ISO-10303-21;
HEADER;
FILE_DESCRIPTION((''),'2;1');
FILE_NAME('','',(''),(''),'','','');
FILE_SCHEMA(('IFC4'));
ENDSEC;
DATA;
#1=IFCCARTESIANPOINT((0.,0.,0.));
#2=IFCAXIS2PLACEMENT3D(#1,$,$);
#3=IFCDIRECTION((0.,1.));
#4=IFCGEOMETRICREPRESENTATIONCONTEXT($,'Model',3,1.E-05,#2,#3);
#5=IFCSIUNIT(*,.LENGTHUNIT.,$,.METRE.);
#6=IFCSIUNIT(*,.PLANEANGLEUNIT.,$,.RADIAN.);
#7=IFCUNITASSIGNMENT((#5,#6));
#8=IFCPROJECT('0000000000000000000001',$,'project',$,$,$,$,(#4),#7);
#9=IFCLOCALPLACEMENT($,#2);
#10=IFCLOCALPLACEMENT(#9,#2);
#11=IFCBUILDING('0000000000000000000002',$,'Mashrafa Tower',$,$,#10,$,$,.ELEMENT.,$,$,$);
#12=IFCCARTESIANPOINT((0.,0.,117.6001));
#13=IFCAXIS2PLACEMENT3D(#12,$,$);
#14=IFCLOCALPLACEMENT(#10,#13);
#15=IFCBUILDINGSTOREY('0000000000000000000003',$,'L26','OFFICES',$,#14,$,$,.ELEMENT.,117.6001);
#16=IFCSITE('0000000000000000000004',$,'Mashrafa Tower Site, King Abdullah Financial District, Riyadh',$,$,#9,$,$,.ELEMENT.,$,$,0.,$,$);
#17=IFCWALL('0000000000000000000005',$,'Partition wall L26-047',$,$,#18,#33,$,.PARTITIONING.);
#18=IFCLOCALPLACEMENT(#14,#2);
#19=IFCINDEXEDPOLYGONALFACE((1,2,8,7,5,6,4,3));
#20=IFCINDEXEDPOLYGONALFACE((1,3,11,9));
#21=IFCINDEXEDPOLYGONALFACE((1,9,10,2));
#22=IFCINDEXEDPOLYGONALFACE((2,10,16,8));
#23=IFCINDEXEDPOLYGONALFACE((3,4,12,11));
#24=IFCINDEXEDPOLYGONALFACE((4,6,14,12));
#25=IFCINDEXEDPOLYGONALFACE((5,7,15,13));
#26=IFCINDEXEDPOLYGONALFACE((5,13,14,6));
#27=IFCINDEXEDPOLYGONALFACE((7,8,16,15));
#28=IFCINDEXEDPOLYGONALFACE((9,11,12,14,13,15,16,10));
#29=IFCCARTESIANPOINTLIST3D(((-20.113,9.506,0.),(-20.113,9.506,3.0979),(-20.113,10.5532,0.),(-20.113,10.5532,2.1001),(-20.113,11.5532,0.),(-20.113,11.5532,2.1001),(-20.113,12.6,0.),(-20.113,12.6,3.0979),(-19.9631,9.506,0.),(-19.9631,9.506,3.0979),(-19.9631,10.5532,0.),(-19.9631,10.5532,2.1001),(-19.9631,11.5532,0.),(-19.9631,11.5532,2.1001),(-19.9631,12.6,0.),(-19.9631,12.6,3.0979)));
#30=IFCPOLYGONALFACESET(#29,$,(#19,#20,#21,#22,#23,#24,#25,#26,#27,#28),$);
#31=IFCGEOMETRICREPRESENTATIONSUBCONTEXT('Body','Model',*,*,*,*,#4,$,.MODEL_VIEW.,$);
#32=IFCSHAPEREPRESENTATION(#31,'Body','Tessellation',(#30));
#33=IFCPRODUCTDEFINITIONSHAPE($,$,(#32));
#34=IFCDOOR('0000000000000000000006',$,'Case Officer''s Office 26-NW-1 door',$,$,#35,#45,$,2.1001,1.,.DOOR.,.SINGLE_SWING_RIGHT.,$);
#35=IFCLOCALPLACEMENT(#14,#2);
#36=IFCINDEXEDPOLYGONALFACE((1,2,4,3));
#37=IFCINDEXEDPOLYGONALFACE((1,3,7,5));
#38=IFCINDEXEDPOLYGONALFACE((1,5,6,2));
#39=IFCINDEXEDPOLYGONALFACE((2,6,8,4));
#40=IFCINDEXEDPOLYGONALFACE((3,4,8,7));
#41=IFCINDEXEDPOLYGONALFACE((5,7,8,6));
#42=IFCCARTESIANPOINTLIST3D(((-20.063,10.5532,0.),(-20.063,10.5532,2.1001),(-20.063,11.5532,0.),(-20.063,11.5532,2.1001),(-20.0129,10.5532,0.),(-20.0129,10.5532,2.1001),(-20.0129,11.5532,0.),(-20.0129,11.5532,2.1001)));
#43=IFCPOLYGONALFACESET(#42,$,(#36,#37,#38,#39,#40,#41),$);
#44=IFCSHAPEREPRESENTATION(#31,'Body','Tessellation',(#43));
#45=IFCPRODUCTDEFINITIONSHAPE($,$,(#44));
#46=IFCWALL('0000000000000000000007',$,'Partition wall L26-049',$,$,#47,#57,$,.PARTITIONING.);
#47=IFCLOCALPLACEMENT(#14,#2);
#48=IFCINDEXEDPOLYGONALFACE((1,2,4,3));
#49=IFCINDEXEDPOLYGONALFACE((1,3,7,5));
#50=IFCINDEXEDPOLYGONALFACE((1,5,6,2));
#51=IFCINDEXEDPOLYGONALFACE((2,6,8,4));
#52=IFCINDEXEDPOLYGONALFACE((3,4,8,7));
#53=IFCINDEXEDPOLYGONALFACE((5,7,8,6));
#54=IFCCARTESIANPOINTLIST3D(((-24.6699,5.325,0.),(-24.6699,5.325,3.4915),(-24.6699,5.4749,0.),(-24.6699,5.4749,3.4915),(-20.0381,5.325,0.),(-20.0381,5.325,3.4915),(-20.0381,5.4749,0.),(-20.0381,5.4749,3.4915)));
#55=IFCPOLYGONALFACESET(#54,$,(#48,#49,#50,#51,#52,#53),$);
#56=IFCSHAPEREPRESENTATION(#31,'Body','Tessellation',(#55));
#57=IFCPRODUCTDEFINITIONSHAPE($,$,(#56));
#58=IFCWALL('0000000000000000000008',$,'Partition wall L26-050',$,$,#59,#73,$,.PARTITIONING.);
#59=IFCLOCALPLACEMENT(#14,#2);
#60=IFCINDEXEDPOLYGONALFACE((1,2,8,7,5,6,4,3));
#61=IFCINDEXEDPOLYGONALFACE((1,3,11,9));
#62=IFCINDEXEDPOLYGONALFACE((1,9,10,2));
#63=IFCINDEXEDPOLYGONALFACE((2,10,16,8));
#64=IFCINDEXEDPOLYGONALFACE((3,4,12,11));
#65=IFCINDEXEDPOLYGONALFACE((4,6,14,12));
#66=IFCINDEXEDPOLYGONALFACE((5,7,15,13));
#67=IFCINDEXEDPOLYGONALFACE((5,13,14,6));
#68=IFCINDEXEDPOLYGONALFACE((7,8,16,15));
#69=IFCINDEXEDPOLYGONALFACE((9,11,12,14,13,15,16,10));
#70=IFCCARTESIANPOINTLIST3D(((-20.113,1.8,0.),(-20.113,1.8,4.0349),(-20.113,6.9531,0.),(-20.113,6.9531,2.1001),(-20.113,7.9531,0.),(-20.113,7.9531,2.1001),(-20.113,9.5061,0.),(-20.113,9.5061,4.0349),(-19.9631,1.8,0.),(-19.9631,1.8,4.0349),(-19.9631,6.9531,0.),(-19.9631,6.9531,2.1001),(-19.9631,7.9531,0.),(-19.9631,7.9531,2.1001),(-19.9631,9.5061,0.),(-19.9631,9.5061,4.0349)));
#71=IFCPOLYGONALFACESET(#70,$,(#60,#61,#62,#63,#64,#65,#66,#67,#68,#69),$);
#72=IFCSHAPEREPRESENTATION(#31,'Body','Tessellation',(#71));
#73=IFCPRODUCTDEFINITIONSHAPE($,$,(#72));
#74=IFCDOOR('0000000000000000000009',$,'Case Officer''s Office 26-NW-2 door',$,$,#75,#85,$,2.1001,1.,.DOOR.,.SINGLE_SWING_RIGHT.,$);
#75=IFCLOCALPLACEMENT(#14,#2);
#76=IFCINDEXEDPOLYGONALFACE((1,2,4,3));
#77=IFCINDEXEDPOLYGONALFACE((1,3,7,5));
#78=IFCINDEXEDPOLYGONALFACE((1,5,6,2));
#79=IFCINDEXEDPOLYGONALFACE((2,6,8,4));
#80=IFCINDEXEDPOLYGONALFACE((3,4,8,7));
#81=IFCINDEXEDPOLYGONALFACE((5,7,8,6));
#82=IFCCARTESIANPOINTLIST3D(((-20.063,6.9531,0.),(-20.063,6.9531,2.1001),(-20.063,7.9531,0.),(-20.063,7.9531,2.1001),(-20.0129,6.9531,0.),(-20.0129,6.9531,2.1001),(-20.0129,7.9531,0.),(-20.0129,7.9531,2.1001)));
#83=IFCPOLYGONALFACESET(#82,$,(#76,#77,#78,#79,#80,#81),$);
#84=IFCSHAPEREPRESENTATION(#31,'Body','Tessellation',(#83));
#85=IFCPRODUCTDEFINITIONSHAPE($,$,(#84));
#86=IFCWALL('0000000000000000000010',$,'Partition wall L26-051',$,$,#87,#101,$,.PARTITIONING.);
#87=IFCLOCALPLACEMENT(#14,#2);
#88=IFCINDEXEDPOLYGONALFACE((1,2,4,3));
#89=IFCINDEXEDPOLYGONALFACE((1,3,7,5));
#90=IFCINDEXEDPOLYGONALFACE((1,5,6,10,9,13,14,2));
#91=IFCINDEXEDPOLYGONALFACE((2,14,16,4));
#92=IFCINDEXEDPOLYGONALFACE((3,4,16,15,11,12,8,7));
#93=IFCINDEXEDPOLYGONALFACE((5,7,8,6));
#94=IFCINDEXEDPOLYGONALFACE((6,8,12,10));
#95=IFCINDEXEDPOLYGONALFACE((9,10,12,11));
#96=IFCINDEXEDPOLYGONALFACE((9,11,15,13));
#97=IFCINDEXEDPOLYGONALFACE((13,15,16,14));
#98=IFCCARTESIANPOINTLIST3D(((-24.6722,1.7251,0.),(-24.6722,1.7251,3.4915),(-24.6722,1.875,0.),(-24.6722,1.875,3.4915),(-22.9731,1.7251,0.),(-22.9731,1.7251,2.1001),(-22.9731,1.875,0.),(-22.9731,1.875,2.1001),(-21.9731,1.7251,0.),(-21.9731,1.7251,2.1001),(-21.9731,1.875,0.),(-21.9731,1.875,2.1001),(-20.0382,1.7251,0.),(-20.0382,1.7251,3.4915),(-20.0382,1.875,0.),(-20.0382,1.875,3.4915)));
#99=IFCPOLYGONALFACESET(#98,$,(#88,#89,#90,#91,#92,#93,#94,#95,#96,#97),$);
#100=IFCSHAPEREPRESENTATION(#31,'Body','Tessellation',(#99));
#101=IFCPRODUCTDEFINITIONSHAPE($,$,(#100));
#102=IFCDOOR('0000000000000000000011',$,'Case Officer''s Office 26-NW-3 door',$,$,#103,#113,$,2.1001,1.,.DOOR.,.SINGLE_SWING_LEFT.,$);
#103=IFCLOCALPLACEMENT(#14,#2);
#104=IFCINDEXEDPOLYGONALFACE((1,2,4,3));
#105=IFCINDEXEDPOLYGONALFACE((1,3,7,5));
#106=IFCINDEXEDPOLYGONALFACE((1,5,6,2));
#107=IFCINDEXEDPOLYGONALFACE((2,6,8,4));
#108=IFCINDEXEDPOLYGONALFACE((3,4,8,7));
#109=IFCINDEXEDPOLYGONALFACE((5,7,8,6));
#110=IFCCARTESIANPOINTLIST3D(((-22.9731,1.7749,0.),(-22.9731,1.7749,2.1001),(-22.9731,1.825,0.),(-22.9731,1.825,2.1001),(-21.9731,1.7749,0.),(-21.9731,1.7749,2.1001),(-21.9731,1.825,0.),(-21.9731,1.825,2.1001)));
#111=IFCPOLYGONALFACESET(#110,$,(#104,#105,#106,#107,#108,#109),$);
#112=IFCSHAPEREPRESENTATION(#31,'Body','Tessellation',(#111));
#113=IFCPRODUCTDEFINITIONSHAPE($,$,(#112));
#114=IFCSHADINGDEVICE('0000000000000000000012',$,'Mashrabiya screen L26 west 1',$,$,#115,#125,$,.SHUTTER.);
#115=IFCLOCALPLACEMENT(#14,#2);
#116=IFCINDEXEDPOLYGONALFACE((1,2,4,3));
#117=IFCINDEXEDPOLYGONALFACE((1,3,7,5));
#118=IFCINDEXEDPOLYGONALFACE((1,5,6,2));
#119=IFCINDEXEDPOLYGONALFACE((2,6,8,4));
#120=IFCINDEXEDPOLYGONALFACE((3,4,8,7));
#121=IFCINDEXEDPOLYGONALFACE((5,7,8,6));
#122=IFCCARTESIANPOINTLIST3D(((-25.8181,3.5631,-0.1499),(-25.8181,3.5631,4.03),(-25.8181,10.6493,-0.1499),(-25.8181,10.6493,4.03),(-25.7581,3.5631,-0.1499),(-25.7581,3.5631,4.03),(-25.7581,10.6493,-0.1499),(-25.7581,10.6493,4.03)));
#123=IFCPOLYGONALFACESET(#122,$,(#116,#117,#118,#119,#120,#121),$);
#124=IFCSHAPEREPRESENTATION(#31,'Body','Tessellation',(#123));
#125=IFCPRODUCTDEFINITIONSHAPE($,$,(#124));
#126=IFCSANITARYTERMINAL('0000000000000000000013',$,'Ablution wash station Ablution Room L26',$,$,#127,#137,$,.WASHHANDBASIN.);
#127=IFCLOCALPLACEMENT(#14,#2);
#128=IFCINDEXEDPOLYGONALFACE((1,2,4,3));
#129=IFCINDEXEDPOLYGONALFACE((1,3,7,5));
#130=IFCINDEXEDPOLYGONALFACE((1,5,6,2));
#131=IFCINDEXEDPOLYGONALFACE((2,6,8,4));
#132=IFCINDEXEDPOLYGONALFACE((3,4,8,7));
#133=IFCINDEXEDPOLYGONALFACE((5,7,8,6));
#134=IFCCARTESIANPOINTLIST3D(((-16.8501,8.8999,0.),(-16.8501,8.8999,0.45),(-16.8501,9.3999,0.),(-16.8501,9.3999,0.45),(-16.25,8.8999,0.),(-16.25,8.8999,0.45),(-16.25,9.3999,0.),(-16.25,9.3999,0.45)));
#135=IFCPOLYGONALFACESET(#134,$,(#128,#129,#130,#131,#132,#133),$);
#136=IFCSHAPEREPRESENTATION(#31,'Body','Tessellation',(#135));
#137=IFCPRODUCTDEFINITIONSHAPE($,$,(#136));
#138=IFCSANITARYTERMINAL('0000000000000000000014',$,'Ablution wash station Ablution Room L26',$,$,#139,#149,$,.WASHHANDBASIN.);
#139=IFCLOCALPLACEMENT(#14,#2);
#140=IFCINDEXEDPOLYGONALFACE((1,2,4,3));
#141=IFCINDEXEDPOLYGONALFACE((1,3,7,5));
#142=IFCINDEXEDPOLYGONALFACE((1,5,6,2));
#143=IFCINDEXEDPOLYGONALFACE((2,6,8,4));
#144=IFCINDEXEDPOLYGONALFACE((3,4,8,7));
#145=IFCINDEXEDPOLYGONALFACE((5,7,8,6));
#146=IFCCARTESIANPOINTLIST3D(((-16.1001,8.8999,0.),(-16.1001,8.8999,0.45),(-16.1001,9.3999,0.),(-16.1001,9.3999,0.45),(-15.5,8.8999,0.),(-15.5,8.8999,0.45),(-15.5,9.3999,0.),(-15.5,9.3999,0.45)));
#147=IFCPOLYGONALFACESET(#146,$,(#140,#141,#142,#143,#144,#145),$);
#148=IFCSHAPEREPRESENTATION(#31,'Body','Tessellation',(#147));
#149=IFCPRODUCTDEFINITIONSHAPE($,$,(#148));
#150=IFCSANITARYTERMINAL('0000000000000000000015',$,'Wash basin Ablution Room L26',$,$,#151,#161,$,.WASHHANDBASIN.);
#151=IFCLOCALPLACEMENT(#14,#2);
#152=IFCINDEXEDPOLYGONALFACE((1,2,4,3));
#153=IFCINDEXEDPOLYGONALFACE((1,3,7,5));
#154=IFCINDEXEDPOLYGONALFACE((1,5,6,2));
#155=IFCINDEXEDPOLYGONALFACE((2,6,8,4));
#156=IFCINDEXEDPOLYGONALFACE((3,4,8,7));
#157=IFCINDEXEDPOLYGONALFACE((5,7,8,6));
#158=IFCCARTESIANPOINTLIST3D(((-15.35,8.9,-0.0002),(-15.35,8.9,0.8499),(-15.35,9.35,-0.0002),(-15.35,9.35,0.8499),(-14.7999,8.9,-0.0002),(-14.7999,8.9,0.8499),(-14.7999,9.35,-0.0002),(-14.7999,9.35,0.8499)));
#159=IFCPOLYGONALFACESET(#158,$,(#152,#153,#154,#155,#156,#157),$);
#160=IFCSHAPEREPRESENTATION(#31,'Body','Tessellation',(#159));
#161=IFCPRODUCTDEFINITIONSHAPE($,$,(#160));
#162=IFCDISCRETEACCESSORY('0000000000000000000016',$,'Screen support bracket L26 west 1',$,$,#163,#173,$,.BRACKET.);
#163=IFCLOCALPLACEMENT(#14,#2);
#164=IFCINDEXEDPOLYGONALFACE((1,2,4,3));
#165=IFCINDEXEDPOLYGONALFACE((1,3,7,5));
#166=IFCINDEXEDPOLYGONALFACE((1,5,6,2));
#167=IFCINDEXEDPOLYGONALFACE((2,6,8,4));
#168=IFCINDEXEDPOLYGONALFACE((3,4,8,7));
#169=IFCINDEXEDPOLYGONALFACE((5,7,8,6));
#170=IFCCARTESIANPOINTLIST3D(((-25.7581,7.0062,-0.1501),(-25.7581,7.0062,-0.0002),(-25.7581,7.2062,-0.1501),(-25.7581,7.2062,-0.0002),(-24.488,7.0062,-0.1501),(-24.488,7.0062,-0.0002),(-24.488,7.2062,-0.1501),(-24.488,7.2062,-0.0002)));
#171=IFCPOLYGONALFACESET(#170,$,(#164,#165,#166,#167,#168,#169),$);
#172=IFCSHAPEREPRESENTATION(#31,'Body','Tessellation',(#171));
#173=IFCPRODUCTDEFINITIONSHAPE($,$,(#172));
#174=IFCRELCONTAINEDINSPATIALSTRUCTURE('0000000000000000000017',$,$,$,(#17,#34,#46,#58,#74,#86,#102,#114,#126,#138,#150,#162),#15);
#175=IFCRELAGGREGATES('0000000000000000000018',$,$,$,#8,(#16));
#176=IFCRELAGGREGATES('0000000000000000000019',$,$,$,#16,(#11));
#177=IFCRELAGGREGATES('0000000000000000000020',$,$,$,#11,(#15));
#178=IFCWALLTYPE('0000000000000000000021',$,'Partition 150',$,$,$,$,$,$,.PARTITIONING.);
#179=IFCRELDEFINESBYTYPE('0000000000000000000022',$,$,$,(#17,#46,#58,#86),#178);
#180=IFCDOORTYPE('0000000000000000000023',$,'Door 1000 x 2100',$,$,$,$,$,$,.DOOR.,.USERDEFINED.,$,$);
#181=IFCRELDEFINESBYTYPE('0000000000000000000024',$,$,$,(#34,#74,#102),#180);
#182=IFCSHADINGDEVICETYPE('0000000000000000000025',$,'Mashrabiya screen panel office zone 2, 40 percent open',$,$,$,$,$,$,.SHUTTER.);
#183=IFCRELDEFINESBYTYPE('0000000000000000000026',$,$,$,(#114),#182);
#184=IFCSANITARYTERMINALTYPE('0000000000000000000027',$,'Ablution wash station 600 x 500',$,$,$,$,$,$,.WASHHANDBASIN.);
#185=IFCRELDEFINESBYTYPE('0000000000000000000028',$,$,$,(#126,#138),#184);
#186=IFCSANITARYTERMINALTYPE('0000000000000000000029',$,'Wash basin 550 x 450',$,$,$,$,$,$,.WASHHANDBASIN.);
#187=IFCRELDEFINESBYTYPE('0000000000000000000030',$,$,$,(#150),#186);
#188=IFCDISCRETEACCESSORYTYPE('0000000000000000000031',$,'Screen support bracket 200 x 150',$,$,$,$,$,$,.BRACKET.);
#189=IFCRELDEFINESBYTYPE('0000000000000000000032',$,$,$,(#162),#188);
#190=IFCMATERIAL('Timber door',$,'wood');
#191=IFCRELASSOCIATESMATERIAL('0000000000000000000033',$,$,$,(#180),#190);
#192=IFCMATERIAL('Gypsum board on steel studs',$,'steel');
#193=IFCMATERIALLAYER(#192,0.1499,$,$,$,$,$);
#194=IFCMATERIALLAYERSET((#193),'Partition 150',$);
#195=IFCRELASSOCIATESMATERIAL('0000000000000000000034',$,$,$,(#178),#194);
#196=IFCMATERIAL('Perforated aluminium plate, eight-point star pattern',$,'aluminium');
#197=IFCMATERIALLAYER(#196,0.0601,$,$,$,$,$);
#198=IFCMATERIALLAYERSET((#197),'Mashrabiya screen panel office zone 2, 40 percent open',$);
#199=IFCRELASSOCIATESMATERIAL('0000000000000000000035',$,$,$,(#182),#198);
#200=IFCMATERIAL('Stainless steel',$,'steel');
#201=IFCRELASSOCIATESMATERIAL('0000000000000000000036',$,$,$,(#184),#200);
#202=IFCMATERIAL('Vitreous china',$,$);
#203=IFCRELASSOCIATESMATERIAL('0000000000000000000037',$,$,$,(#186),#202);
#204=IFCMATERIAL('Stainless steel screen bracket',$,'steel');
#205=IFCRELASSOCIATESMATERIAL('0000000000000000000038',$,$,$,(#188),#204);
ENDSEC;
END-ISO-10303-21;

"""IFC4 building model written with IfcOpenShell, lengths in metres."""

from ifc_helpers import new_model, si_unit, direction, frame, frame_2d, origin, origin_2d, place, context, subcontext, project, spatial, rectangle, extrude, source, transform, mapped, material, layer, layer_set, type_object, type_shapes, element, fill, save


model = new_model("IFC4")

# Units and contexts
model_context = context("Model", 3, precision=1e-05, world=origin(), true_north=direction((0.0, 1.0)))
body_context = subcontext(model_context, "Body", "Model", "MODEL_VIEW")
ifc_project = project(units=[si_unit("LENGTHUNIT", "METRE"), si_unit("PLANEANGLEUNIT", "RADIAN")], contexts=[model_context])

# Site, building, storey
site_placement = place(None, origin())
site = spatial("IfcSite", under=ifc_project, at=site_placement, Name="Mashrafa Tower Site, King Abdullah Financial District, Riyadh", CompositionType="ELEMENT", RefElevation=0.0)
building_placement = place(site_placement, origin())
building = spatial("IfcBuilding", under=site, at=building_placement, Name="Mashrafa Tower", CompositionType="ELEMENT")
storey_placement = place(building_placement, frame((0.0, 0.0, 117.6001)))
storey = spatial("IfcBuildingStorey", under=building, at=storey_placement, Name="L26", Description="OFFICES", CompositionType="ELEMENT", Elevation=117.6001)

# Shared definitions
ifc_material_1 = material(Name="Timber door", Category="wood")
door_type = type_object("IfcDoorType", Name="Door 1000 x 2100", OperationType="USERDEFINED", PredefinedType="DOOR", material=ifc_material_1)

# Shared definitions
ifc_material_2 = material(Name="Gypsum board on steel studs", Category="steel")
ifc_layer_1 = layer(ifc_material_2, 0.1499)
ifc_layer_set_1 = layer_set([ifc_layer_1], Name="Partition 150")
wall_type_1 = type_object("IfcWallType", Name="Partition 150", PredefinedType="PARTITIONING", material=ifc_layer_set_1)

# Wall, opening, door
wall_1_placement = place(storey_placement, frame((-20.0381, 9.5061, 0.0), z_axis=(0.0, 0.0, 1.0), x_axis=(0.0, 1.0, 0.0)))
wall_1 = element("IfcWall", 1, at=wall_1_placement, inside=storey, type_object=wall_type_1, Name="Partition wall L26-047", PredefinedType="PARTITIONING", context=body_context, shape_type="SweptSolid", body=[
    extrude(rectangle(XDim=3.094, YDim=0.1499, at=frame_2d((1.5469, 0.0))), origin(), (0.0, 0.0, 1.0), 3.0979),
])
opening_1_placement = place(wall_1_placement, frame((1.0471, 0.0, 0.0)))
opening_1 = element("IfcOpeningElement", 2, at=opening_1_placement, cuts=wall_1, PredefinedType="OPENING", context=body_context, shape_type="SweptSolid", body=[
    extrude(rectangle(XDim=1.0, YDim=2.1001, at=frame_2d((0.5, 1.05))), frame((0.0, 0.085, 0.0), z_axis=(0.0, -1.0, 0.0), x_axis=(1.0, 0.0, 0.0)), (0.0, 0.0, 1.0), 0.1699),
])
door_1_placement = place(opening_1_placement, origin())
door_1 = element("IfcDoor", 3, at=door_1_placement, inside=storey, type_object=door_type, Name="Case Officer's Office 26-NW-1 door", OperationType="SINGLE_SWING_RIGHT", OverallHeight=2.1001, OverallWidth=1.0, PredefinedType="DOOR", context=body_context, shape_type="SweptSolid", body=[
    extrude(rectangle(XDim=1.0, YDim=2.1001, at=frame_2d((0.5, 1.05))), frame((0.0, 0.0249, 0.0), z_axis=(0.0, -1.0, 0.0), x_axis=(1.0, 0.0, 0.0)), (0.0, 0.0, 1.0), 0.05),
])
fill(opening_1, door_1)

# Wall
wall_2_placement = place(storey_placement, frame((-24.6699, 5.3999, 0.0), z_axis=(0.0, 0.0, 1.0), x_axis=(1.0, 0.0, 0.0)))
element("IfcWall", 4, at=wall_2_placement, inside=storey, type_object=wall_type_1, Name="Partition wall L26-049", PredefinedType="PARTITIONING", context=body_context, shape_type="SweptSolid", body=[
    extrude(rectangle(XDim=4.6318, YDim=0.1499, at=frame_2d((2.3159, 0.0))), origin(), (0.0, 0.0, 1.0), 3.4915),
])

# Walls, openings, doors
wall_3_placement = place(storey_placement, frame((-20.0381, 9.5061, 0.0), z_axis=(0.0, 0.0, 1.0), x_axis=(0.0, -1.0, 0.0)))
wall_3 = element("IfcWall", 5, at=wall_3_placement, inside=storey, type_object=wall_type_1, Name="Partition wall L26-050", PredefinedType="PARTITIONING", context=body_context, shape_type="SweptSolid", body=[
    extrude(rectangle(XDim=7.7061, YDim=0.1499, at=frame_2d((3.853, 0.0))), origin(), (0.0, 0.0, 1.0), 4.0349),
])
opening_2_placement = place(wall_3_placement, frame((1.553, 0.0, 0.0)))
opening_2 = element("IfcOpeningElement", 6, at=opening_2_placement, cuts=wall_3, PredefinedType="OPENING", context=body_context, shape_type="SweptSolid", body=[
    extrude(rectangle(XDim=1.0, YDim=2.1001, at=frame_2d((0.5, 1.05))), frame((0.0, 0.085, 0.0), z_axis=(0.0, -1.0, 0.0), x_axis=(1.0, 0.0, 0.0)), (0.0, 0.0, 1.0), 0.1699),
])
door_2_placement = place(opening_2_placement, frame((1.0, 0.0, 0.0), z_axis=(0.0, 0.0, 1.0), x_axis=(-1.0, 0.0, 0.0)))
door_2 = element("IfcDoor", 7, at=door_2_placement, inside=storey, type_object=door_type, Name="Case Officer's Office 26-NW-2 door", OperationType="SINGLE_SWING_RIGHT", OverallHeight=2.1001, OverallWidth=1.0, PredefinedType="DOOR", context=body_context, shape_type="SweptSolid", body=[
    extrude(rectangle(XDim=1.0, YDim=2.1001, at=frame_2d((0.5, 1.05))), frame((0.0, 0.0249, 0.0), z_axis=(0.0, -1.0, 0.0), x_axis=(1.0, 0.0, 0.0)), (0.0, 0.0, 1.0), 0.05),
])
fill(opening_2, door_2)
wall_4_placement = place(storey_placement, frame((-24.6721, 1.8, 0.0), z_axis=(0.0, 0.0, 1.0), x_axis=(1.0, 0.0, 0.0)))
wall_4 = element("IfcWall", 8, at=wall_4_placement, inside=storey, type_object=wall_type_1, Name="Partition wall L26-051", PredefinedType="PARTITIONING", context=body_context, shape_type="SweptSolid", body=[
    extrude(rectangle(XDim=4.634, YDim=0.1499, at=frame_2d((2.3169, 0.0))), origin(), (0.0, 0.0, 1.0), 3.4915),
])
opening_3_placement = place(wall_4_placement, frame((1.699, 0.0, 0.0)))
opening_3 = element("IfcOpeningElement", 9, at=opening_3_placement, cuts=wall_4, PredefinedType="OPENING", context=body_context, shape_type="SweptSolid", body=[
    extrude(rectangle(XDim=1.0, YDim=2.1001, at=frame_2d((0.5, 1.05))), frame((0.0, 0.085, 0.0), z_axis=(0.0, -1.0, 0.0), x_axis=(1.0, 0.0, 0.0)), (0.0, 0.0, 1.0), 0.1699),
])
door_3_placement = place(opening_3_placement, origin())
door_3 = element("IfcDoor", 10, at=door_3_placement, inside=storey, type_object=door_type, Name="Case Officer's Office 26-NW-3 door", OperationType="SINGLE_SWING_LEFT", OverallHeight=2.1001, OverallWidth=1.0, PredefinedType="DOOR", context=body_context, shape_type="SweptSolid", body=[
    extrude(rectangle(XDim=1.0, YDim=2.1001, at=frame_2d((0.5, 1.05))), frame((0.0, 0.0249, 0.0), z_axis=(0.0, -1.0, 0.0), x_axis=(1.0, 0.0, 0.0)), (0.0, 0.0, 1.0), 0.05),
])
fill(opening_3, door_3)

# Shading device
ifc_material_3 = material(Name="Perforated aluminium plate, eight-point star pattern", Category="aluminium")
ifc_layer_2 = layer(ifc_material_3, 0.0601)
ifc_layer_set_2 = layer_set([ifc_layer_2], Name="Mashrabiya screen panel office zone 2, 40 percent open")
shading_device_type = type_object("IfcShadingDeviceType", Name="Mashrabiya screen panel office zone 2, 40 percent open", PredefinedType="SHUTTER", material=ifc_layer_set_2)
shared_shape_1 = source(origin(), body_context, "Body", "SweptSolid", [
    extrude(rectangle(XDim=7.0862, YDim=0.0601, at=origin_2d()), origin(), (0.0, 0.0, 1.0), 4.1799),
])
type_shapes(shading_device_type, [shared_shape_1])
shading_device_placement = place(storey_placement, frame((-25.7881, 7.1062, -0.1499), z_axis=(0.0, 0.0, 1.0), x_axis=(0.0, -1.0, 0.0)))
element("IfcShadingDevice", 11, at=shading_device_placement, inside=storey, type_object=shading_device_type, Name="Mashrabiya screen L26 west 1", PredefinedType="SHUTTER", context=body_context, shape_type="MappedRepresentation", body=[
    mapped(shared_shape_1, transform((0.0, 0.0, 0.0))),
])

# Sanitary terminals
ifc_material_4 = material(Name="Stainless steel", Category="steel")
sanitary_terminal_type_1 = type_object("IfcSanitaryTerminalType", Name="Ablution wash station 600 x 500", PredefinedType="WASHHANDBASIN", material=ifc_material_4)
for number, where, z_axis, x_axis, name in (
    (12, (-16.55, 9.1499, 0.0), (0.0, 0.0, 1.0), (1.0, 0.0, 0.0), "Ablution wash station Ablution Room L26"),
    (13, (-15.8, 9.1499, 0.0), (0.0, 0.0, 1.0), (1.0, 0.0, 0.0), "Ablution wash station Ablution Room L26"),
):
    element("IfcSanitaryTerminal", number, at=place(storey_placement, frame(where, z_axis=z_axis, x_axis=x_axis)), inside=storey, type_object=sanitary_terminal_type_1, Name=name, PredefinedType="WASHHANDBASIN", context=body_context, shape_type="SweptSolid", body=[
        extrude(rectangle(XDim=0.6001, YDim=0.5, at=origin_2d()), origin(), (0.0, 0.0, 1.0), 0.45),
    ])
ifc_material_5 = material(Name="Vitreous china")
sanitary_terminal_type_2 = type_object("IfcSanitaryTerminalType", Name="Wash basin 550 x 450", PredefinedType="WASHHANDBASIN", material=ifc_material_5)
sanitary_terminal_placement = place(storey_placement, frame((-15.075, 9.125, -0.0002), z_axis=(0.0, 0.0, 1.0), x_axis=(1.0, 0.0, 0.0)))
element("IfcSanitaryTerminal", 14, at=sanitary_terminal_placement, inside=storey, type_object=sanitary_terminal_type_2, Name="Wash basin Ablution Room L26", PredefinedType="WASHHANDBASIN", context=body_context, shape_type="SweptSolid", body=[
    extrude(rectangle(XDim=0.55, YDim=0.45, at=origin_2d()), origin(), (0.0, 0.0, 1.0), 0.8501),
])

# Discrete accessory
ifc_material_6 = material(Name="Stainless steel screen bracket", Category="steel")
discrete_accessory_type = type_object("IfcDiscreteAccessoryType", Name="Screen support bracket 200 x 150", PredefinedType="BRACKET", material=ifc_material_6)
shared_shape_2 = source(origin(), body_context, "Body", "SweptSolid", [
    extrude(rectangle(XDim=0.2, YDim=1.27, at=origin_2d()), origin(), (0.0, 0.0, 1.0), 0.1499),
])
type_shapes(discrete_accessory_type, [shared_shape_2])
discrete_accessory_placement = place(storey_placement, frame((-25.123, 7.1062, -0.1501), z_axis=(0.0, 0.0, 1.0), x_axis=(0.0, -1.0, 0.0)))
element("IfcDiscreteAccessory", 15, at=discrete_accessory_placement, inside=storey, type_object=discrete_accessory_type, Name="Screen support bracket L26 west 1", PredefinedType="BRACKET", context=body_context, shape_type="MappedRepresentation", body=[
    mapped(shared_shape_2, transform((0.0, 0.0, 0.0))),
])

save(model, "model.ifc")
